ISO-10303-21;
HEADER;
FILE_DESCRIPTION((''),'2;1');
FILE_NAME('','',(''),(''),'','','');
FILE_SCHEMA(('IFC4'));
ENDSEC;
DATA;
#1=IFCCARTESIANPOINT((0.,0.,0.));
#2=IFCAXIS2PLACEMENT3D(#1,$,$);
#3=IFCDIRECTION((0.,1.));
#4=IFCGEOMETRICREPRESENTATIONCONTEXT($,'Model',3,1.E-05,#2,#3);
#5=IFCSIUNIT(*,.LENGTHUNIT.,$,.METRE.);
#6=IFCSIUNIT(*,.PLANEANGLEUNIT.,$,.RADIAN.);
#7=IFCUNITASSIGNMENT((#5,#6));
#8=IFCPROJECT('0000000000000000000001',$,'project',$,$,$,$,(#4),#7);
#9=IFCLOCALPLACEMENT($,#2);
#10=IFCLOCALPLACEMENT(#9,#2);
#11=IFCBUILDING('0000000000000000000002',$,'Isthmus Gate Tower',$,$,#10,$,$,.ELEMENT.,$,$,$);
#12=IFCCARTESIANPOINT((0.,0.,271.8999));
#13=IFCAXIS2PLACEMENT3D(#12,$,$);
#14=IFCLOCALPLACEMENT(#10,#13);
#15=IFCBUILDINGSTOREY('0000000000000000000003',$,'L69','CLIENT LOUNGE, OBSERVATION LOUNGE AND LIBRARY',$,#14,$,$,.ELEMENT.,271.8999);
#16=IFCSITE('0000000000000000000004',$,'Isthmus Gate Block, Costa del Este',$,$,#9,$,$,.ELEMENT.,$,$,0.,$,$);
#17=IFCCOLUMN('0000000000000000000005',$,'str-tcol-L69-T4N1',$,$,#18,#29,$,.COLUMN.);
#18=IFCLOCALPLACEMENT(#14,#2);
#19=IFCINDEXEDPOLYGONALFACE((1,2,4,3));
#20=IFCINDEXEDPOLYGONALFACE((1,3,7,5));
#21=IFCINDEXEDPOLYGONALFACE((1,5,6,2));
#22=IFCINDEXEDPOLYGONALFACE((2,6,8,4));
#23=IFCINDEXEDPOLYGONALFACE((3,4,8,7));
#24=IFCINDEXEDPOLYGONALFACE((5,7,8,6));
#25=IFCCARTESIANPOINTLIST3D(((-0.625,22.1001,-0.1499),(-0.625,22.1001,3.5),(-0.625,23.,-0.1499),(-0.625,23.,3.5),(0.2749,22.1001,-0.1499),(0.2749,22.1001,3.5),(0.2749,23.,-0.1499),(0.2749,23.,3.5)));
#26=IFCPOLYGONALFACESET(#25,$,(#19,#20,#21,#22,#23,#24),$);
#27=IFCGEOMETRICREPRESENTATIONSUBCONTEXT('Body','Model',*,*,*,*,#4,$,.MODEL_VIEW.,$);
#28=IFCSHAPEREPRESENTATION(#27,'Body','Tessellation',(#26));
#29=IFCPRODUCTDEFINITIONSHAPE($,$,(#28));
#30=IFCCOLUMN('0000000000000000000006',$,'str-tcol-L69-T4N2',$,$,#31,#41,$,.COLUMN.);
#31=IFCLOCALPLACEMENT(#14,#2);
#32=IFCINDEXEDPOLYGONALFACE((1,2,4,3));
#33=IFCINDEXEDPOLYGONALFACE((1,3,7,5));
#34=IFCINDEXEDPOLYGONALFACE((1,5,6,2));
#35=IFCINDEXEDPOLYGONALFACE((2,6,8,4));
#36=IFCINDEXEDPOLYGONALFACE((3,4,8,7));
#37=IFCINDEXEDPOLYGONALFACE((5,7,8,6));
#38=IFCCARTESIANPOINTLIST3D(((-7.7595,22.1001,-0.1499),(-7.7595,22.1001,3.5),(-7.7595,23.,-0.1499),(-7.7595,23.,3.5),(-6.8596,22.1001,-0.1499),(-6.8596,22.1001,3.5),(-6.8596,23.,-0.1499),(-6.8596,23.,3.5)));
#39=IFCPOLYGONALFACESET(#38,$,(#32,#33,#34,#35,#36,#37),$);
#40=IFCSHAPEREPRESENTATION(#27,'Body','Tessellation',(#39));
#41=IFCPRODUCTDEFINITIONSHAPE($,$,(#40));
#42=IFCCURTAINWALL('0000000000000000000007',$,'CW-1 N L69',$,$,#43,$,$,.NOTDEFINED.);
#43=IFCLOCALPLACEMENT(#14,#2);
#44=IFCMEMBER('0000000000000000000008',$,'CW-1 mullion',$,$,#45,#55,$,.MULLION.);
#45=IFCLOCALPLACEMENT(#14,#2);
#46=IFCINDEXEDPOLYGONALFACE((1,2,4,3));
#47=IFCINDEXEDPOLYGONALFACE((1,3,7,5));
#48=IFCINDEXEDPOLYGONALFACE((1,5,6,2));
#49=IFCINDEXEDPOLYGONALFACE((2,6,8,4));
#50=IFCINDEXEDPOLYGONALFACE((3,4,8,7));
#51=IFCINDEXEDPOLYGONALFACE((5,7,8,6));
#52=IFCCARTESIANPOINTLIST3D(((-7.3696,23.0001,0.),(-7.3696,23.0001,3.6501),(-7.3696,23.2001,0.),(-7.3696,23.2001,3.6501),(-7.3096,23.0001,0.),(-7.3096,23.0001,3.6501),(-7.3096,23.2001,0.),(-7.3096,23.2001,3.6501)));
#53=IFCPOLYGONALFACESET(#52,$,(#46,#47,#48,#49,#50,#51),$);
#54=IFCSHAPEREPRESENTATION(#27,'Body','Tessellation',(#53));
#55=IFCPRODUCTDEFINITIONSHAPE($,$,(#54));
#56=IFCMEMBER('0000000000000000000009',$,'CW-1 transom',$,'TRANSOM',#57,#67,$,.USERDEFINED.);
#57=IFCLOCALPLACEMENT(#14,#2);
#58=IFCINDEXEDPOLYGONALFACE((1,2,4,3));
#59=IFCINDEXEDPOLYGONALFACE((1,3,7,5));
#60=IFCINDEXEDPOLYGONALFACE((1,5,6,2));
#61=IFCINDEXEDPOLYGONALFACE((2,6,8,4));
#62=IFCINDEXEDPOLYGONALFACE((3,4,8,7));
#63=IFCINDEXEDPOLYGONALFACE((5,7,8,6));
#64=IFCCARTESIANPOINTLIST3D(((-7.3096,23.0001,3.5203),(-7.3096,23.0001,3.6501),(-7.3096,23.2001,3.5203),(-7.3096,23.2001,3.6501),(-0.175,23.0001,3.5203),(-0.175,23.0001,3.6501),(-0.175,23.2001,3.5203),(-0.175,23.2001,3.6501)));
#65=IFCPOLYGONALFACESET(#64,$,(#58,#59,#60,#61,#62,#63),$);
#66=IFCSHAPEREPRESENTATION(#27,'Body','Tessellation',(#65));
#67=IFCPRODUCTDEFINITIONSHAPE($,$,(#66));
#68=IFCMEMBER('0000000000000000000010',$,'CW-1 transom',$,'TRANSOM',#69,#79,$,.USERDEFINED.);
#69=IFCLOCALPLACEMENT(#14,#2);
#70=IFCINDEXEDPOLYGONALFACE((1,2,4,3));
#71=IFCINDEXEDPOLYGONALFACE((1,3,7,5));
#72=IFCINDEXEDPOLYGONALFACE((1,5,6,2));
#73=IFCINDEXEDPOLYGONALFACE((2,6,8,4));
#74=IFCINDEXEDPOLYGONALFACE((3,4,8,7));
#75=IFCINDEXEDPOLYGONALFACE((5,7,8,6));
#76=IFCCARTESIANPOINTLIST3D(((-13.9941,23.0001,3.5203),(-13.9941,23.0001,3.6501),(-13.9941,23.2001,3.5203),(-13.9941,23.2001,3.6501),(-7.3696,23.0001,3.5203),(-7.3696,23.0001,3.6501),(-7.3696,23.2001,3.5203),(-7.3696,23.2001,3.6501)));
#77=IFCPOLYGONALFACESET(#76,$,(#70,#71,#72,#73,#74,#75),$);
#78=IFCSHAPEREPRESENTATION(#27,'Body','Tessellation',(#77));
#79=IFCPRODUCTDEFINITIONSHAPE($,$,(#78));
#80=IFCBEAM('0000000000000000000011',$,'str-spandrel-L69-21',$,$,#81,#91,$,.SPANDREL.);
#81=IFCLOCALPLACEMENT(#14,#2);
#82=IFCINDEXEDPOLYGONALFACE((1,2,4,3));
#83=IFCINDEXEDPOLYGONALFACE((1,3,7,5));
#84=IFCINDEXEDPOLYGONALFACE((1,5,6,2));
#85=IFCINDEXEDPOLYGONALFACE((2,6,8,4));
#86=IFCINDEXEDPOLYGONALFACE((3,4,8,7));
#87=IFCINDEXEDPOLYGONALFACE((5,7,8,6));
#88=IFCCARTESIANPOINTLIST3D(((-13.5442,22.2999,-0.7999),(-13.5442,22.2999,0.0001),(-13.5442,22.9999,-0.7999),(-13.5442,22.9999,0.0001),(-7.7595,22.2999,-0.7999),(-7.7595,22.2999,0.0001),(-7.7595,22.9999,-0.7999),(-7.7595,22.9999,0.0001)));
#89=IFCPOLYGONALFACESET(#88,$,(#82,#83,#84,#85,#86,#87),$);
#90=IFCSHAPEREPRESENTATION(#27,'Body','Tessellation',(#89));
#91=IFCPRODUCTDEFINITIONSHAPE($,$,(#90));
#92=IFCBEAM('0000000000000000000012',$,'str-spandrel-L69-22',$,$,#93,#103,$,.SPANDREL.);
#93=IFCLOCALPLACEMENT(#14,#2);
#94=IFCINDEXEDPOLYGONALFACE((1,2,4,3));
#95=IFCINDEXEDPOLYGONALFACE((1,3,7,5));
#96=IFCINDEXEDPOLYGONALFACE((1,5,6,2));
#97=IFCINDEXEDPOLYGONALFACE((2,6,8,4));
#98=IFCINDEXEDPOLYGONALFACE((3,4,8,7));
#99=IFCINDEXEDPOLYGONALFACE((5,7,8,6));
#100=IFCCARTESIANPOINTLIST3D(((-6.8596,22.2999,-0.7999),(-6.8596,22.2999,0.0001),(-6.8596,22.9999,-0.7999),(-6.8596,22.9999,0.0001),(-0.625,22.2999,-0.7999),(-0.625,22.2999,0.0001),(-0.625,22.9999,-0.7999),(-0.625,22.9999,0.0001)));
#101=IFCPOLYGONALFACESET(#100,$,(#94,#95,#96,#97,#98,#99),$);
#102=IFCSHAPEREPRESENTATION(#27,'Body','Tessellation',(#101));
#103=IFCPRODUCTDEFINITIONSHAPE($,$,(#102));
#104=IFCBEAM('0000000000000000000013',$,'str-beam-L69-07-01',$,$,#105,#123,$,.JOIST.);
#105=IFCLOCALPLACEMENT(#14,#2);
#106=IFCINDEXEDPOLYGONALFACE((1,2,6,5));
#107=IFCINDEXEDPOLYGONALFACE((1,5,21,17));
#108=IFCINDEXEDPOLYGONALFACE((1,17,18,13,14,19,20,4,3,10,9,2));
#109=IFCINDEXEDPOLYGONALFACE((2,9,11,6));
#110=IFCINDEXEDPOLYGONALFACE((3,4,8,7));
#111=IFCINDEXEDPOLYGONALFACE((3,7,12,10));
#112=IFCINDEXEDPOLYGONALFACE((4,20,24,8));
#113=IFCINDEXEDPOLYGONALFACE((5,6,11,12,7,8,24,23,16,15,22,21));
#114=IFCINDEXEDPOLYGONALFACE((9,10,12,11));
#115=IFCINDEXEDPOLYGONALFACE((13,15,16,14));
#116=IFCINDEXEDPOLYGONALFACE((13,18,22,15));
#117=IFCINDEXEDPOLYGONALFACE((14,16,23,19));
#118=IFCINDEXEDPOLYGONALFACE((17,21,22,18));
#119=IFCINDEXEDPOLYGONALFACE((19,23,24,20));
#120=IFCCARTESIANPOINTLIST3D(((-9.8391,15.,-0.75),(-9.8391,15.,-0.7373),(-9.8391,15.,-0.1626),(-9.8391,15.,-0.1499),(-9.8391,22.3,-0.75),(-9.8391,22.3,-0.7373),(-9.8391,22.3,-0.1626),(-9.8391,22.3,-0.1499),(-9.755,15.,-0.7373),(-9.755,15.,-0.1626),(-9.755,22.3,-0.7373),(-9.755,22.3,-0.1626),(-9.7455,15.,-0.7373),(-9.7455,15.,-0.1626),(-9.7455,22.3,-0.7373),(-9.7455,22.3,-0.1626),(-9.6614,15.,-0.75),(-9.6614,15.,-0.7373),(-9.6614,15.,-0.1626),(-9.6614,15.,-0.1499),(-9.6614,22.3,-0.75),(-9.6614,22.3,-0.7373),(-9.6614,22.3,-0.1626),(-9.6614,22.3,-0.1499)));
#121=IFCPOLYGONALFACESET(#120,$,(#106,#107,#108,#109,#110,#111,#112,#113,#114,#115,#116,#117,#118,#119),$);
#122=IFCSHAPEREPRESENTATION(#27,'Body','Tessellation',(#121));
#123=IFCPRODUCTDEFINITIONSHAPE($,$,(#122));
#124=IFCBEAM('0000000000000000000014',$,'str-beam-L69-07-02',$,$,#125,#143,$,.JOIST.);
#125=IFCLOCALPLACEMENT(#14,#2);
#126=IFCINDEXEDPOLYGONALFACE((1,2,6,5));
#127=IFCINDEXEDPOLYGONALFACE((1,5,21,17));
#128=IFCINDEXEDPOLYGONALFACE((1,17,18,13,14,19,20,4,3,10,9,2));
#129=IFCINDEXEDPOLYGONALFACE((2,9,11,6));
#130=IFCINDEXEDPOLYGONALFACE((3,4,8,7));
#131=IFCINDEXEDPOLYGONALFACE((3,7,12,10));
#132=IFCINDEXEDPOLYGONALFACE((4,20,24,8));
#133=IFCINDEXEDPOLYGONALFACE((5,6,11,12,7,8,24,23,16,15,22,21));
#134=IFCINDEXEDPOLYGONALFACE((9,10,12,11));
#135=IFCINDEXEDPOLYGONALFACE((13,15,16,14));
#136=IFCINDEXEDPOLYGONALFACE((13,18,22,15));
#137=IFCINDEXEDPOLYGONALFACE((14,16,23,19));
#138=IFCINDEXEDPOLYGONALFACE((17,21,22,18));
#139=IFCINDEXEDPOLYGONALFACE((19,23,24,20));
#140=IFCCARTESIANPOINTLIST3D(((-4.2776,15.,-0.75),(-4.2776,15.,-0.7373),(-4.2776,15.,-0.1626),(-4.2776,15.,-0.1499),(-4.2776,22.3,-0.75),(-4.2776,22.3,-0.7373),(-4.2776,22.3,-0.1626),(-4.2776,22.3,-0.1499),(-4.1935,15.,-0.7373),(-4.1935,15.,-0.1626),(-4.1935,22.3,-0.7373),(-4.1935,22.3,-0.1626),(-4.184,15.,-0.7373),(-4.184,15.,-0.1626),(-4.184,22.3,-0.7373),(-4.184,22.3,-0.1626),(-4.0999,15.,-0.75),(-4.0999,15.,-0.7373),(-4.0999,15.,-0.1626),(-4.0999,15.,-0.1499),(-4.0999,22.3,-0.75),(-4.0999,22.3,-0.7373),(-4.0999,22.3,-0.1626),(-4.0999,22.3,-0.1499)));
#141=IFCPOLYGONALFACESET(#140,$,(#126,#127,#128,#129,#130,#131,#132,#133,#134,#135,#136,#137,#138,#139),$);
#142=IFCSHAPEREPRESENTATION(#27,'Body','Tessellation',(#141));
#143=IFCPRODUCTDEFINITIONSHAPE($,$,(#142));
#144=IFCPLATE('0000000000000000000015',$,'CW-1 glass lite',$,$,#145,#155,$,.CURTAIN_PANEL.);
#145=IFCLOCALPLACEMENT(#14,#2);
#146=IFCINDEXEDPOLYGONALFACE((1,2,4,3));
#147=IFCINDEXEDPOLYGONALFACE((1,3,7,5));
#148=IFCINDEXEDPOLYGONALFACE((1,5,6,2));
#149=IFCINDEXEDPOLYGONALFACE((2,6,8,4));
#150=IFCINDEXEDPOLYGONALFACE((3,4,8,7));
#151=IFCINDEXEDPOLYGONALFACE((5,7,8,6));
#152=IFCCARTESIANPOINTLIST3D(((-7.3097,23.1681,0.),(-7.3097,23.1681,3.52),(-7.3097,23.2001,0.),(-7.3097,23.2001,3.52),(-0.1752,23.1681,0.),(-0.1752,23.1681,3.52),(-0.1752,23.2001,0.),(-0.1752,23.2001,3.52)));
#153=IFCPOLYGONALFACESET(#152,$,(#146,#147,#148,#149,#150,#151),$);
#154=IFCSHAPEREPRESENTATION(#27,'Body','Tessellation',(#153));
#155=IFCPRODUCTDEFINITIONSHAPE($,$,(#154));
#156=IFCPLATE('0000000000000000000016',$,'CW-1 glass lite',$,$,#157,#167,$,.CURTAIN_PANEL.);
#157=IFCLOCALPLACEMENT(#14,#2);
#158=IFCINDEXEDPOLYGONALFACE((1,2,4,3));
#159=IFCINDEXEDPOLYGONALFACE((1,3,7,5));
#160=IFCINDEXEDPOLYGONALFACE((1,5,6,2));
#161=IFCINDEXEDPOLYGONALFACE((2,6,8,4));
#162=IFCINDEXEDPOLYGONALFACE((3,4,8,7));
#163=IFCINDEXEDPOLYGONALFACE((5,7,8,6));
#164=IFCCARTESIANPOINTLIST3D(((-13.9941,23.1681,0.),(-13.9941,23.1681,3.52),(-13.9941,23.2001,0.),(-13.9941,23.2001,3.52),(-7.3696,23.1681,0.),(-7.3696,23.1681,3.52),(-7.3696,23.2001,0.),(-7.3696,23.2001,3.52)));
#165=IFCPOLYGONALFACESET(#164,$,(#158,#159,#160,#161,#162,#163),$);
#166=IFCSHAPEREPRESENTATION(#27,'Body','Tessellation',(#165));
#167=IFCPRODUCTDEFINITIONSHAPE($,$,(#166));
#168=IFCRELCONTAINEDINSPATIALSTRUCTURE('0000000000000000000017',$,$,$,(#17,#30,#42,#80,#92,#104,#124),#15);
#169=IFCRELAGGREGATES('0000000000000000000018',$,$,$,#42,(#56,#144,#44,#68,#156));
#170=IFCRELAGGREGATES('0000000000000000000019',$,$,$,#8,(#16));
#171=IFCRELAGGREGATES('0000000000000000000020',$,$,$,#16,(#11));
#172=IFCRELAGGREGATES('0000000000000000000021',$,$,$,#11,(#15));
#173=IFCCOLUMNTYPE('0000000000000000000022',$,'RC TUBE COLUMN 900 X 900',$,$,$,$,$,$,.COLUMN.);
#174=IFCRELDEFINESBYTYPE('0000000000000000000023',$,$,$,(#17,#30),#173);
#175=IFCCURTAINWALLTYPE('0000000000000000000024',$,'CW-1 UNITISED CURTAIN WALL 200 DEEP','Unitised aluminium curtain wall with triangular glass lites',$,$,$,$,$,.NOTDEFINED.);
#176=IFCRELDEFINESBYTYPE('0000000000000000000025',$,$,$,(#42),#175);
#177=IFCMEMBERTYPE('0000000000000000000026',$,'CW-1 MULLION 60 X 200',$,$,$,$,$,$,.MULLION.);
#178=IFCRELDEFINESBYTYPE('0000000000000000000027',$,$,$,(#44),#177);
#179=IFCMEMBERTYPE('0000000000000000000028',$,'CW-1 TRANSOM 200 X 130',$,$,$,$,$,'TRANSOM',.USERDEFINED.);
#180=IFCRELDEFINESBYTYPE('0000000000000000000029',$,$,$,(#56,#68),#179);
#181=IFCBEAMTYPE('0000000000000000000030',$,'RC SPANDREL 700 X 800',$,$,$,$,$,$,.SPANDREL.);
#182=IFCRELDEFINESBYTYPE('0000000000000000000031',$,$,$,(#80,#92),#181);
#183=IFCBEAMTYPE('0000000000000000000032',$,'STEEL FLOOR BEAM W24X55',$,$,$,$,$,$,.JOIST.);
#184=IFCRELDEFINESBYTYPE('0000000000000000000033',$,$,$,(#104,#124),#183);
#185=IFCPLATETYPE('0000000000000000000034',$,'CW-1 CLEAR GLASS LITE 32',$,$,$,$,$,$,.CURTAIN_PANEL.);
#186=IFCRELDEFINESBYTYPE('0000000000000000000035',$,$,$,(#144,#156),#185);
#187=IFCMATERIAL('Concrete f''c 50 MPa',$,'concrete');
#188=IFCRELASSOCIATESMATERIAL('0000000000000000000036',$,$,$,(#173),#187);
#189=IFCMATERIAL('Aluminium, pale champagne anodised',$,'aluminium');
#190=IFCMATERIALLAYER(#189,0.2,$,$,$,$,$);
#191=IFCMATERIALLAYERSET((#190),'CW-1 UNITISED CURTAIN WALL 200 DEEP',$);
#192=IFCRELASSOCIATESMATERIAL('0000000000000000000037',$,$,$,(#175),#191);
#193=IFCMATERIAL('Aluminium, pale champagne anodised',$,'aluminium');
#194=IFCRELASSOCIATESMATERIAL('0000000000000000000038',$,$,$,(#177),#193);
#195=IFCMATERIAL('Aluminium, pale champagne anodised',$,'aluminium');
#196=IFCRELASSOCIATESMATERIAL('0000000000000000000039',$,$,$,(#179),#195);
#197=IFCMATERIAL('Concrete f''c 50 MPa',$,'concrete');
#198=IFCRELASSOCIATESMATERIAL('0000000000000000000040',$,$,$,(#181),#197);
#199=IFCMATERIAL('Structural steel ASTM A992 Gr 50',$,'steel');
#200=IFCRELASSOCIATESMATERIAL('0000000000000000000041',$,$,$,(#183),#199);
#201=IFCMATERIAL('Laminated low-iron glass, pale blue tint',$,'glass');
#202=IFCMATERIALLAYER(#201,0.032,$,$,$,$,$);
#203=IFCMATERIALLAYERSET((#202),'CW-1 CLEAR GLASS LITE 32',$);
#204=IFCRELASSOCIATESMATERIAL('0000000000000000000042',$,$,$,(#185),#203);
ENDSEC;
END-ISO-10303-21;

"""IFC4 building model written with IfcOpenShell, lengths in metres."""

from ifc_helpers import new_model, si_unit, direction, frame, origin, origin_2d, place, context, subcontext, project, spatial, rectangle, i_section, extrude, material, layer, layer_set, material_profile, profile_set, type_object, element, aggregate, save


model = new_model("IFC4")

# Units and contexts
model_context = context("Model", 3, precision=1e-05, world=origin(), true_north=direction((0.0, 1.0)))
body_context = subcontext(model_context, "Body", "Model", "MODEL_VIEW")
ifc_project = project(units=[si_unit("LENGTHUNIT", "METRE"), si_unit("PLANEANGLEUNIT", "RADIAN")], contexts=[model_context])

# Site, building, storey
site_placement = place(None, origin())
site = spatial("IfcSite", under=ifc_project, at=site_placement, Name="Isthmus Gate Block, Costa del Este", CompositionType="ELEMENT", RefElevation=0.0)
building_placement = place(site_placement, origin())
building = spatial("IfcBuilding", under=site, at=building_placement, Name="Isthmus Gate Tower", CompositionType="ELEMENT")
storey_placement = place(building_placement, frame((0.0, 0.0, 271.8999)))
storey = spatial("IfcBuildingStorey", under=building, at=storey_placement, Name="L69", Description="CLIENT LOUNGE, OBSERVATION LOUNGE AND LIBRARY", CompositionType="ELEMENT", Elevation=271.8999)

# Columns
ifc_material_1 = material(Name="Concrete f'c 50 MPa", Category="concrete")
ifc_material_profile_1 = material_profile(ifc_material_1, rectangle(XDim=0.8999, YDim=0.8999, at=origin_2d()), Name="RC 900X900")
ifc_profile_set_1 = profile_set([ifc_material_profile_1], Name="Concrete f'c 50 MPa")
column_type = type_object("IfcColumnType", Name="RC TUBE COLUMN 900 X 900", PredefinedType="COLUMN", material=ifc_profile_set_1)
for number, where, z_axis, x_axis, name in (
    (1, (-0.175, 22.55, -0.1499), (0.0, 0.0, 1.0), (-1.0, 0.0, 0.0), "str-tcol-L69-T4N1"),
    (2, (-7.3096, 22.55, -0.1499), (0.0, 0.0, 1.0), (-1.0, 0.0, 0.0), "str-tcol-L69-T4N2"),
):
    element("IfcColumn", number, at=place(storey_placement, frame(where, z_axis=z_axis, x_axis=x_axis)), inside=storey, type_object=column_type, Name=name, PredefinedType="COLUMN", context=body_context, shape_type="SweptSolid", body=[
        extrude(rectangle(XDim=0.8999, YDim=0.8999, at=origin_2d()), origin(), (0.0, 0.0, 1.0), 3.6499),
    ])

# Curtain wall, members
ifc_material_2 = material(Name="Aluminium, pale champagne anodised", Category="aluminium")
ifc_layer_1 = layer(ifc_material_2, 0.2)
ifc_layer_set_1 = layer_set([ifc_layer_1], Name="CW-1 UNITISED CURTAIN WALL 200 DEEP")
curtain_wall_type = type_object("IfcCurtainWallType", Name="CW-1 UNITISED CURTAIN WALL 200 DEEP", Description="Unitised aluminium curtain wall with triangular glass lites", PredefinedType="NOTDEFINED", material=ifc_layer_set_1)
curtain_wall_placement = place(storey_placement, origin())
curtain_wall = element("IfcCurtainWall", 3, at=curtain_wall_placement, inside=storey, type_object=curtain_wall_type, Name="CW-1 N L69", PredefinedType="NOTDEFINED")
ifc_material_3 = material(Name="Aluminium, pale champagne anodised", Category="aluminium")
ifc_material_profile_2 = material_profile(ifc_material_3, rectangle(XDim=0.0601, YDim=0.2, at=origin_2d()), Name="60x200")
ifc_profile_set_2 = profile_set([ifc_material_profile_2], Name="Aluminium, pale champagne anodised")
member_type_1 = type_object("IfcMemberType", Name="CW-1 MULLION 60 X 200", PredefinedType="MULLION", material=ifc_profile_set_2)
member_1_placement = place(storey_placement, frame((-7.3396, 23.1001, 0.0), z_axis=(0.0, 0.0, 1.0), x_axis=(-1.0, 0.0, 0.0)))
member_1 = element("IfcMember", 4, at=member_1_placement, type_object=member_type_1, Name="CW-1 mullion", PredefinedType="MULLION", context=body_context, shape_type="SweptSolid", body=[
    extrude(rectangle(XDim=0.0601, YDim=0.2, at=origin_2d()), origin(), (0.0, 0.0, 1.0), 3.6501),
])
ifc_material_4 = material(Name="Aluminium, pale champagne anodised", Category="aluminium")
ifc_material_profile_3 = material_profile(ifc_material_4, rectangle(XDim=0.2, YDim=0.1299, at=origin_2d()), Name="200x130")
ifc_profile_set_3 = profile_set([ifc_material_profile_3], Name="Aluminium, pale champagne anodised")
member_type_2 = type_object("IfcMemberType", Name="CW-1 TRANSOM 200 X 130", ElementType="TRANSOM", PredefinedType="USERDEFINED", material=ifc_profile_set_3)
member_2_placement = place(storey_placement, frame((-0.175, 23.1001, 3.5852), z_axis=(-1.0, 0.0, 0.0), x_axis=(0.0, -1.0, 0.0)))
member_2 = element("IfcMember", 5, at=member_2_placement, type_object=member_type_2, Name="CW-1 transom", ObjectType="TRANSOM", PredefinedType="USERDEFINED", context=body_context, shape_type="SweptSolid", body=[
    extrude(rectangle(XDim=0.2, YDim=0.1299, at=origin_2d()), origin(), (0.0, 0.0, 1.0), 7.1345),
])
member_3_placement = place(storey_placement, frame((-7.3696, 23.1001, 3.5852), z_axis=(-1.0, 0.0, 0.0), x_axis=(0.0, -1.0, 0.0)))
member_3 = element("IfcMember", 6, at=member_3_placement, type_object=member_type_2, Name="CW-1 transom", ObjectType="TRANSOM", PredefinedType="USERDEFINED", context=body_context, shape_type="SweptSolid", body=[
    extrude(rectangle(XDim=0.2, YDim=0.1299, at=origin_2d()), origin(), (0.0, 0.0, 1.0), 6.6245),
])

# Beams
ifc_material_5 = material(Name="Concrete f'c 50 MPa", Category="concrete")
ifc_material_profile_4 = material_profile(ifc_material_5, rectangle(XDim=0.7, YDim=0.8, at=origin_2d()), Name="RC 700X800")
ifc_profile_set_4 = profile_set([ifc_material_profile_4], Name="Concrete f'c 50 MPa")
beam_type_1 = type_object("IfcBeamType", Name="RC SPANDREL 700 X 800", PredefinedType="SPANDREL", material=ifc_profile_set_4)
beam_1_placement = place(storey_placement, frame((-13.5442, 22.6499, -0.3999), z_axis=(1.0, 0.0, 0.0), x_axis=(0.0, 1.0, 0.0)))
element("IfcBeam", 7, at=beam_1_placement, inside=storey, type_object=beam_type_1, Name="str-spandrel-L69-21", PredefinedType="SPANDREL", context=body_context, shape_type="SweptSolid", body=[
    extrude(rectangle(XDim=0.7, YDim=0.8, at=origin_2d()), origin(), (0.0, 0.0, 1.0), 5.7847),
])
beam_2_placement = place(storey_placement, frame((-6.8596, 22.6499, -0.3999), z_axis=(1.0, 0.0, 0.0), x_axis=(0.0, 1.0, 0.0)))
element("IfcBeam", 8, at=beam_2_placement, inside=storey, type_object=beam_type_1, Name="str-spandrel-L69-22", PredefinedType="SPANDREL", context=body_context, shape_type="SweptSolid", body=[
    extrude(rectangle(XDim=0.7, YDim=0.8, at=origin_2d()), origin(), (0.0, 0.0, 1.0), 6.2346),
])
ifc_material_6 = material(Name="Structural steel ASTM A992 Gr 50", Category="steel")
ifc_material_profile_5 = material_profile(ifc_material_6, i_section(OverallWidth=0.1777, OverallDepth=0.6001, WebThickness=0.0095, FlangeThickness=0.0127, at=origin_2d()), Name="W24X55")
ifc_profile_set_5 = profile_set([ifc_material_profile_5], Name="Structural steel ASTM A992 Gr 50")
beam_type_2 = type_object("IfcBeamType", Name="STEEL FLOOR BEAM W24X55", PredefinedType="JOIST", material=ifc_profile_set_5)
for number, where, z_axis, x_axis, name in (
    (9, (-9.7502, 15.0, -0.45), (0.0, 1.0, 0.0), (-1.0, 0.0, 0.0), "str-beam-L69-07-01"),
    (10, (-4.1887, 15.0, -0.45), (0.0, 1.0, 0.0), (-1.0, 0.0, 0.0), "str-beam-L69-07-02"),
):
    element("IfcBeam", number, at=place(storey_placement, frame(where, z_axis=z_axis, x_axis=x_axis)), inside=storey, type_object=beam_type_2, Name=name, PredefinedType="JOIST", context=body_context, shape_type="SweptSolid", body=[
        extrude(i_section(OverallWidth=0.1777, OverallDepth=0.6001, WebThickness=0.0095, FlangeThickness=0.0127, at=origin_2d()), origin(), (0.0, 0.0, 1.0), 7.3),
    ])

# Plates
ifc_material_7 = material(Name="Laminated low-iron glass, pale blue tint", Category="glass")
ifc_layer_2 = layer(ifc_material_7, 0.032)
ifc_layer_set_2 = layer_set([ifc_layer_2], Name="CW-1 CLEAR GLASS LITE 32")
plate_type = type_object("IfcPlateType", Name="CW-1 CLEAR GLASS LITE 32", PredefinedType="CURTAIN_PANEL", material=ifc_layer_set_2)
plate_1_placement = place(storey_placement, frame((-3.7424, 23.1841, 0.0), z_axis=(0.0, 0.0, 1.0), x_axis=(-1.0, 0.0, 0.0)))
plate_1 = element("IfcPlate", 11, at=plate_1_placement, type_object=plate_type, Name="CW-1 glass lite", PredefinedType="CURTAIN_PANEL", context=body_context, shape_type="SweptSolid", body=[
    extrude(rectangle(XDim=7.1345, YDim=0.032, at=origin_2d()), origin(), (0.0, 0.0, 1.0), 3.52),
])
plate_2_placement = place(storey_placement, frame((-10.6819, 23.1841, 0.0), z_axis=(0.0, 0.0, 1.0), x_axis=(-1.0, 0.0, 0.0)))
plate_2 = element("IfcPlate", 12, at=plate_2_placement, type_object=plate_type, Name="CW-1 glass lite", PredefinedType="CURTAIN_PANEL", context=body_context, shape_type="SweptSolid", body=[
    extrude(rectangle(XDim=6.6245, YDim=0.032, at=origin_2d()), origin(), (0.0, 0.0, 1.0), 3.52),
])
aggregate(curtain_wall, [member_2, plate_1, member_1, member_3, plate_2])

save(model, "model.ifc")
